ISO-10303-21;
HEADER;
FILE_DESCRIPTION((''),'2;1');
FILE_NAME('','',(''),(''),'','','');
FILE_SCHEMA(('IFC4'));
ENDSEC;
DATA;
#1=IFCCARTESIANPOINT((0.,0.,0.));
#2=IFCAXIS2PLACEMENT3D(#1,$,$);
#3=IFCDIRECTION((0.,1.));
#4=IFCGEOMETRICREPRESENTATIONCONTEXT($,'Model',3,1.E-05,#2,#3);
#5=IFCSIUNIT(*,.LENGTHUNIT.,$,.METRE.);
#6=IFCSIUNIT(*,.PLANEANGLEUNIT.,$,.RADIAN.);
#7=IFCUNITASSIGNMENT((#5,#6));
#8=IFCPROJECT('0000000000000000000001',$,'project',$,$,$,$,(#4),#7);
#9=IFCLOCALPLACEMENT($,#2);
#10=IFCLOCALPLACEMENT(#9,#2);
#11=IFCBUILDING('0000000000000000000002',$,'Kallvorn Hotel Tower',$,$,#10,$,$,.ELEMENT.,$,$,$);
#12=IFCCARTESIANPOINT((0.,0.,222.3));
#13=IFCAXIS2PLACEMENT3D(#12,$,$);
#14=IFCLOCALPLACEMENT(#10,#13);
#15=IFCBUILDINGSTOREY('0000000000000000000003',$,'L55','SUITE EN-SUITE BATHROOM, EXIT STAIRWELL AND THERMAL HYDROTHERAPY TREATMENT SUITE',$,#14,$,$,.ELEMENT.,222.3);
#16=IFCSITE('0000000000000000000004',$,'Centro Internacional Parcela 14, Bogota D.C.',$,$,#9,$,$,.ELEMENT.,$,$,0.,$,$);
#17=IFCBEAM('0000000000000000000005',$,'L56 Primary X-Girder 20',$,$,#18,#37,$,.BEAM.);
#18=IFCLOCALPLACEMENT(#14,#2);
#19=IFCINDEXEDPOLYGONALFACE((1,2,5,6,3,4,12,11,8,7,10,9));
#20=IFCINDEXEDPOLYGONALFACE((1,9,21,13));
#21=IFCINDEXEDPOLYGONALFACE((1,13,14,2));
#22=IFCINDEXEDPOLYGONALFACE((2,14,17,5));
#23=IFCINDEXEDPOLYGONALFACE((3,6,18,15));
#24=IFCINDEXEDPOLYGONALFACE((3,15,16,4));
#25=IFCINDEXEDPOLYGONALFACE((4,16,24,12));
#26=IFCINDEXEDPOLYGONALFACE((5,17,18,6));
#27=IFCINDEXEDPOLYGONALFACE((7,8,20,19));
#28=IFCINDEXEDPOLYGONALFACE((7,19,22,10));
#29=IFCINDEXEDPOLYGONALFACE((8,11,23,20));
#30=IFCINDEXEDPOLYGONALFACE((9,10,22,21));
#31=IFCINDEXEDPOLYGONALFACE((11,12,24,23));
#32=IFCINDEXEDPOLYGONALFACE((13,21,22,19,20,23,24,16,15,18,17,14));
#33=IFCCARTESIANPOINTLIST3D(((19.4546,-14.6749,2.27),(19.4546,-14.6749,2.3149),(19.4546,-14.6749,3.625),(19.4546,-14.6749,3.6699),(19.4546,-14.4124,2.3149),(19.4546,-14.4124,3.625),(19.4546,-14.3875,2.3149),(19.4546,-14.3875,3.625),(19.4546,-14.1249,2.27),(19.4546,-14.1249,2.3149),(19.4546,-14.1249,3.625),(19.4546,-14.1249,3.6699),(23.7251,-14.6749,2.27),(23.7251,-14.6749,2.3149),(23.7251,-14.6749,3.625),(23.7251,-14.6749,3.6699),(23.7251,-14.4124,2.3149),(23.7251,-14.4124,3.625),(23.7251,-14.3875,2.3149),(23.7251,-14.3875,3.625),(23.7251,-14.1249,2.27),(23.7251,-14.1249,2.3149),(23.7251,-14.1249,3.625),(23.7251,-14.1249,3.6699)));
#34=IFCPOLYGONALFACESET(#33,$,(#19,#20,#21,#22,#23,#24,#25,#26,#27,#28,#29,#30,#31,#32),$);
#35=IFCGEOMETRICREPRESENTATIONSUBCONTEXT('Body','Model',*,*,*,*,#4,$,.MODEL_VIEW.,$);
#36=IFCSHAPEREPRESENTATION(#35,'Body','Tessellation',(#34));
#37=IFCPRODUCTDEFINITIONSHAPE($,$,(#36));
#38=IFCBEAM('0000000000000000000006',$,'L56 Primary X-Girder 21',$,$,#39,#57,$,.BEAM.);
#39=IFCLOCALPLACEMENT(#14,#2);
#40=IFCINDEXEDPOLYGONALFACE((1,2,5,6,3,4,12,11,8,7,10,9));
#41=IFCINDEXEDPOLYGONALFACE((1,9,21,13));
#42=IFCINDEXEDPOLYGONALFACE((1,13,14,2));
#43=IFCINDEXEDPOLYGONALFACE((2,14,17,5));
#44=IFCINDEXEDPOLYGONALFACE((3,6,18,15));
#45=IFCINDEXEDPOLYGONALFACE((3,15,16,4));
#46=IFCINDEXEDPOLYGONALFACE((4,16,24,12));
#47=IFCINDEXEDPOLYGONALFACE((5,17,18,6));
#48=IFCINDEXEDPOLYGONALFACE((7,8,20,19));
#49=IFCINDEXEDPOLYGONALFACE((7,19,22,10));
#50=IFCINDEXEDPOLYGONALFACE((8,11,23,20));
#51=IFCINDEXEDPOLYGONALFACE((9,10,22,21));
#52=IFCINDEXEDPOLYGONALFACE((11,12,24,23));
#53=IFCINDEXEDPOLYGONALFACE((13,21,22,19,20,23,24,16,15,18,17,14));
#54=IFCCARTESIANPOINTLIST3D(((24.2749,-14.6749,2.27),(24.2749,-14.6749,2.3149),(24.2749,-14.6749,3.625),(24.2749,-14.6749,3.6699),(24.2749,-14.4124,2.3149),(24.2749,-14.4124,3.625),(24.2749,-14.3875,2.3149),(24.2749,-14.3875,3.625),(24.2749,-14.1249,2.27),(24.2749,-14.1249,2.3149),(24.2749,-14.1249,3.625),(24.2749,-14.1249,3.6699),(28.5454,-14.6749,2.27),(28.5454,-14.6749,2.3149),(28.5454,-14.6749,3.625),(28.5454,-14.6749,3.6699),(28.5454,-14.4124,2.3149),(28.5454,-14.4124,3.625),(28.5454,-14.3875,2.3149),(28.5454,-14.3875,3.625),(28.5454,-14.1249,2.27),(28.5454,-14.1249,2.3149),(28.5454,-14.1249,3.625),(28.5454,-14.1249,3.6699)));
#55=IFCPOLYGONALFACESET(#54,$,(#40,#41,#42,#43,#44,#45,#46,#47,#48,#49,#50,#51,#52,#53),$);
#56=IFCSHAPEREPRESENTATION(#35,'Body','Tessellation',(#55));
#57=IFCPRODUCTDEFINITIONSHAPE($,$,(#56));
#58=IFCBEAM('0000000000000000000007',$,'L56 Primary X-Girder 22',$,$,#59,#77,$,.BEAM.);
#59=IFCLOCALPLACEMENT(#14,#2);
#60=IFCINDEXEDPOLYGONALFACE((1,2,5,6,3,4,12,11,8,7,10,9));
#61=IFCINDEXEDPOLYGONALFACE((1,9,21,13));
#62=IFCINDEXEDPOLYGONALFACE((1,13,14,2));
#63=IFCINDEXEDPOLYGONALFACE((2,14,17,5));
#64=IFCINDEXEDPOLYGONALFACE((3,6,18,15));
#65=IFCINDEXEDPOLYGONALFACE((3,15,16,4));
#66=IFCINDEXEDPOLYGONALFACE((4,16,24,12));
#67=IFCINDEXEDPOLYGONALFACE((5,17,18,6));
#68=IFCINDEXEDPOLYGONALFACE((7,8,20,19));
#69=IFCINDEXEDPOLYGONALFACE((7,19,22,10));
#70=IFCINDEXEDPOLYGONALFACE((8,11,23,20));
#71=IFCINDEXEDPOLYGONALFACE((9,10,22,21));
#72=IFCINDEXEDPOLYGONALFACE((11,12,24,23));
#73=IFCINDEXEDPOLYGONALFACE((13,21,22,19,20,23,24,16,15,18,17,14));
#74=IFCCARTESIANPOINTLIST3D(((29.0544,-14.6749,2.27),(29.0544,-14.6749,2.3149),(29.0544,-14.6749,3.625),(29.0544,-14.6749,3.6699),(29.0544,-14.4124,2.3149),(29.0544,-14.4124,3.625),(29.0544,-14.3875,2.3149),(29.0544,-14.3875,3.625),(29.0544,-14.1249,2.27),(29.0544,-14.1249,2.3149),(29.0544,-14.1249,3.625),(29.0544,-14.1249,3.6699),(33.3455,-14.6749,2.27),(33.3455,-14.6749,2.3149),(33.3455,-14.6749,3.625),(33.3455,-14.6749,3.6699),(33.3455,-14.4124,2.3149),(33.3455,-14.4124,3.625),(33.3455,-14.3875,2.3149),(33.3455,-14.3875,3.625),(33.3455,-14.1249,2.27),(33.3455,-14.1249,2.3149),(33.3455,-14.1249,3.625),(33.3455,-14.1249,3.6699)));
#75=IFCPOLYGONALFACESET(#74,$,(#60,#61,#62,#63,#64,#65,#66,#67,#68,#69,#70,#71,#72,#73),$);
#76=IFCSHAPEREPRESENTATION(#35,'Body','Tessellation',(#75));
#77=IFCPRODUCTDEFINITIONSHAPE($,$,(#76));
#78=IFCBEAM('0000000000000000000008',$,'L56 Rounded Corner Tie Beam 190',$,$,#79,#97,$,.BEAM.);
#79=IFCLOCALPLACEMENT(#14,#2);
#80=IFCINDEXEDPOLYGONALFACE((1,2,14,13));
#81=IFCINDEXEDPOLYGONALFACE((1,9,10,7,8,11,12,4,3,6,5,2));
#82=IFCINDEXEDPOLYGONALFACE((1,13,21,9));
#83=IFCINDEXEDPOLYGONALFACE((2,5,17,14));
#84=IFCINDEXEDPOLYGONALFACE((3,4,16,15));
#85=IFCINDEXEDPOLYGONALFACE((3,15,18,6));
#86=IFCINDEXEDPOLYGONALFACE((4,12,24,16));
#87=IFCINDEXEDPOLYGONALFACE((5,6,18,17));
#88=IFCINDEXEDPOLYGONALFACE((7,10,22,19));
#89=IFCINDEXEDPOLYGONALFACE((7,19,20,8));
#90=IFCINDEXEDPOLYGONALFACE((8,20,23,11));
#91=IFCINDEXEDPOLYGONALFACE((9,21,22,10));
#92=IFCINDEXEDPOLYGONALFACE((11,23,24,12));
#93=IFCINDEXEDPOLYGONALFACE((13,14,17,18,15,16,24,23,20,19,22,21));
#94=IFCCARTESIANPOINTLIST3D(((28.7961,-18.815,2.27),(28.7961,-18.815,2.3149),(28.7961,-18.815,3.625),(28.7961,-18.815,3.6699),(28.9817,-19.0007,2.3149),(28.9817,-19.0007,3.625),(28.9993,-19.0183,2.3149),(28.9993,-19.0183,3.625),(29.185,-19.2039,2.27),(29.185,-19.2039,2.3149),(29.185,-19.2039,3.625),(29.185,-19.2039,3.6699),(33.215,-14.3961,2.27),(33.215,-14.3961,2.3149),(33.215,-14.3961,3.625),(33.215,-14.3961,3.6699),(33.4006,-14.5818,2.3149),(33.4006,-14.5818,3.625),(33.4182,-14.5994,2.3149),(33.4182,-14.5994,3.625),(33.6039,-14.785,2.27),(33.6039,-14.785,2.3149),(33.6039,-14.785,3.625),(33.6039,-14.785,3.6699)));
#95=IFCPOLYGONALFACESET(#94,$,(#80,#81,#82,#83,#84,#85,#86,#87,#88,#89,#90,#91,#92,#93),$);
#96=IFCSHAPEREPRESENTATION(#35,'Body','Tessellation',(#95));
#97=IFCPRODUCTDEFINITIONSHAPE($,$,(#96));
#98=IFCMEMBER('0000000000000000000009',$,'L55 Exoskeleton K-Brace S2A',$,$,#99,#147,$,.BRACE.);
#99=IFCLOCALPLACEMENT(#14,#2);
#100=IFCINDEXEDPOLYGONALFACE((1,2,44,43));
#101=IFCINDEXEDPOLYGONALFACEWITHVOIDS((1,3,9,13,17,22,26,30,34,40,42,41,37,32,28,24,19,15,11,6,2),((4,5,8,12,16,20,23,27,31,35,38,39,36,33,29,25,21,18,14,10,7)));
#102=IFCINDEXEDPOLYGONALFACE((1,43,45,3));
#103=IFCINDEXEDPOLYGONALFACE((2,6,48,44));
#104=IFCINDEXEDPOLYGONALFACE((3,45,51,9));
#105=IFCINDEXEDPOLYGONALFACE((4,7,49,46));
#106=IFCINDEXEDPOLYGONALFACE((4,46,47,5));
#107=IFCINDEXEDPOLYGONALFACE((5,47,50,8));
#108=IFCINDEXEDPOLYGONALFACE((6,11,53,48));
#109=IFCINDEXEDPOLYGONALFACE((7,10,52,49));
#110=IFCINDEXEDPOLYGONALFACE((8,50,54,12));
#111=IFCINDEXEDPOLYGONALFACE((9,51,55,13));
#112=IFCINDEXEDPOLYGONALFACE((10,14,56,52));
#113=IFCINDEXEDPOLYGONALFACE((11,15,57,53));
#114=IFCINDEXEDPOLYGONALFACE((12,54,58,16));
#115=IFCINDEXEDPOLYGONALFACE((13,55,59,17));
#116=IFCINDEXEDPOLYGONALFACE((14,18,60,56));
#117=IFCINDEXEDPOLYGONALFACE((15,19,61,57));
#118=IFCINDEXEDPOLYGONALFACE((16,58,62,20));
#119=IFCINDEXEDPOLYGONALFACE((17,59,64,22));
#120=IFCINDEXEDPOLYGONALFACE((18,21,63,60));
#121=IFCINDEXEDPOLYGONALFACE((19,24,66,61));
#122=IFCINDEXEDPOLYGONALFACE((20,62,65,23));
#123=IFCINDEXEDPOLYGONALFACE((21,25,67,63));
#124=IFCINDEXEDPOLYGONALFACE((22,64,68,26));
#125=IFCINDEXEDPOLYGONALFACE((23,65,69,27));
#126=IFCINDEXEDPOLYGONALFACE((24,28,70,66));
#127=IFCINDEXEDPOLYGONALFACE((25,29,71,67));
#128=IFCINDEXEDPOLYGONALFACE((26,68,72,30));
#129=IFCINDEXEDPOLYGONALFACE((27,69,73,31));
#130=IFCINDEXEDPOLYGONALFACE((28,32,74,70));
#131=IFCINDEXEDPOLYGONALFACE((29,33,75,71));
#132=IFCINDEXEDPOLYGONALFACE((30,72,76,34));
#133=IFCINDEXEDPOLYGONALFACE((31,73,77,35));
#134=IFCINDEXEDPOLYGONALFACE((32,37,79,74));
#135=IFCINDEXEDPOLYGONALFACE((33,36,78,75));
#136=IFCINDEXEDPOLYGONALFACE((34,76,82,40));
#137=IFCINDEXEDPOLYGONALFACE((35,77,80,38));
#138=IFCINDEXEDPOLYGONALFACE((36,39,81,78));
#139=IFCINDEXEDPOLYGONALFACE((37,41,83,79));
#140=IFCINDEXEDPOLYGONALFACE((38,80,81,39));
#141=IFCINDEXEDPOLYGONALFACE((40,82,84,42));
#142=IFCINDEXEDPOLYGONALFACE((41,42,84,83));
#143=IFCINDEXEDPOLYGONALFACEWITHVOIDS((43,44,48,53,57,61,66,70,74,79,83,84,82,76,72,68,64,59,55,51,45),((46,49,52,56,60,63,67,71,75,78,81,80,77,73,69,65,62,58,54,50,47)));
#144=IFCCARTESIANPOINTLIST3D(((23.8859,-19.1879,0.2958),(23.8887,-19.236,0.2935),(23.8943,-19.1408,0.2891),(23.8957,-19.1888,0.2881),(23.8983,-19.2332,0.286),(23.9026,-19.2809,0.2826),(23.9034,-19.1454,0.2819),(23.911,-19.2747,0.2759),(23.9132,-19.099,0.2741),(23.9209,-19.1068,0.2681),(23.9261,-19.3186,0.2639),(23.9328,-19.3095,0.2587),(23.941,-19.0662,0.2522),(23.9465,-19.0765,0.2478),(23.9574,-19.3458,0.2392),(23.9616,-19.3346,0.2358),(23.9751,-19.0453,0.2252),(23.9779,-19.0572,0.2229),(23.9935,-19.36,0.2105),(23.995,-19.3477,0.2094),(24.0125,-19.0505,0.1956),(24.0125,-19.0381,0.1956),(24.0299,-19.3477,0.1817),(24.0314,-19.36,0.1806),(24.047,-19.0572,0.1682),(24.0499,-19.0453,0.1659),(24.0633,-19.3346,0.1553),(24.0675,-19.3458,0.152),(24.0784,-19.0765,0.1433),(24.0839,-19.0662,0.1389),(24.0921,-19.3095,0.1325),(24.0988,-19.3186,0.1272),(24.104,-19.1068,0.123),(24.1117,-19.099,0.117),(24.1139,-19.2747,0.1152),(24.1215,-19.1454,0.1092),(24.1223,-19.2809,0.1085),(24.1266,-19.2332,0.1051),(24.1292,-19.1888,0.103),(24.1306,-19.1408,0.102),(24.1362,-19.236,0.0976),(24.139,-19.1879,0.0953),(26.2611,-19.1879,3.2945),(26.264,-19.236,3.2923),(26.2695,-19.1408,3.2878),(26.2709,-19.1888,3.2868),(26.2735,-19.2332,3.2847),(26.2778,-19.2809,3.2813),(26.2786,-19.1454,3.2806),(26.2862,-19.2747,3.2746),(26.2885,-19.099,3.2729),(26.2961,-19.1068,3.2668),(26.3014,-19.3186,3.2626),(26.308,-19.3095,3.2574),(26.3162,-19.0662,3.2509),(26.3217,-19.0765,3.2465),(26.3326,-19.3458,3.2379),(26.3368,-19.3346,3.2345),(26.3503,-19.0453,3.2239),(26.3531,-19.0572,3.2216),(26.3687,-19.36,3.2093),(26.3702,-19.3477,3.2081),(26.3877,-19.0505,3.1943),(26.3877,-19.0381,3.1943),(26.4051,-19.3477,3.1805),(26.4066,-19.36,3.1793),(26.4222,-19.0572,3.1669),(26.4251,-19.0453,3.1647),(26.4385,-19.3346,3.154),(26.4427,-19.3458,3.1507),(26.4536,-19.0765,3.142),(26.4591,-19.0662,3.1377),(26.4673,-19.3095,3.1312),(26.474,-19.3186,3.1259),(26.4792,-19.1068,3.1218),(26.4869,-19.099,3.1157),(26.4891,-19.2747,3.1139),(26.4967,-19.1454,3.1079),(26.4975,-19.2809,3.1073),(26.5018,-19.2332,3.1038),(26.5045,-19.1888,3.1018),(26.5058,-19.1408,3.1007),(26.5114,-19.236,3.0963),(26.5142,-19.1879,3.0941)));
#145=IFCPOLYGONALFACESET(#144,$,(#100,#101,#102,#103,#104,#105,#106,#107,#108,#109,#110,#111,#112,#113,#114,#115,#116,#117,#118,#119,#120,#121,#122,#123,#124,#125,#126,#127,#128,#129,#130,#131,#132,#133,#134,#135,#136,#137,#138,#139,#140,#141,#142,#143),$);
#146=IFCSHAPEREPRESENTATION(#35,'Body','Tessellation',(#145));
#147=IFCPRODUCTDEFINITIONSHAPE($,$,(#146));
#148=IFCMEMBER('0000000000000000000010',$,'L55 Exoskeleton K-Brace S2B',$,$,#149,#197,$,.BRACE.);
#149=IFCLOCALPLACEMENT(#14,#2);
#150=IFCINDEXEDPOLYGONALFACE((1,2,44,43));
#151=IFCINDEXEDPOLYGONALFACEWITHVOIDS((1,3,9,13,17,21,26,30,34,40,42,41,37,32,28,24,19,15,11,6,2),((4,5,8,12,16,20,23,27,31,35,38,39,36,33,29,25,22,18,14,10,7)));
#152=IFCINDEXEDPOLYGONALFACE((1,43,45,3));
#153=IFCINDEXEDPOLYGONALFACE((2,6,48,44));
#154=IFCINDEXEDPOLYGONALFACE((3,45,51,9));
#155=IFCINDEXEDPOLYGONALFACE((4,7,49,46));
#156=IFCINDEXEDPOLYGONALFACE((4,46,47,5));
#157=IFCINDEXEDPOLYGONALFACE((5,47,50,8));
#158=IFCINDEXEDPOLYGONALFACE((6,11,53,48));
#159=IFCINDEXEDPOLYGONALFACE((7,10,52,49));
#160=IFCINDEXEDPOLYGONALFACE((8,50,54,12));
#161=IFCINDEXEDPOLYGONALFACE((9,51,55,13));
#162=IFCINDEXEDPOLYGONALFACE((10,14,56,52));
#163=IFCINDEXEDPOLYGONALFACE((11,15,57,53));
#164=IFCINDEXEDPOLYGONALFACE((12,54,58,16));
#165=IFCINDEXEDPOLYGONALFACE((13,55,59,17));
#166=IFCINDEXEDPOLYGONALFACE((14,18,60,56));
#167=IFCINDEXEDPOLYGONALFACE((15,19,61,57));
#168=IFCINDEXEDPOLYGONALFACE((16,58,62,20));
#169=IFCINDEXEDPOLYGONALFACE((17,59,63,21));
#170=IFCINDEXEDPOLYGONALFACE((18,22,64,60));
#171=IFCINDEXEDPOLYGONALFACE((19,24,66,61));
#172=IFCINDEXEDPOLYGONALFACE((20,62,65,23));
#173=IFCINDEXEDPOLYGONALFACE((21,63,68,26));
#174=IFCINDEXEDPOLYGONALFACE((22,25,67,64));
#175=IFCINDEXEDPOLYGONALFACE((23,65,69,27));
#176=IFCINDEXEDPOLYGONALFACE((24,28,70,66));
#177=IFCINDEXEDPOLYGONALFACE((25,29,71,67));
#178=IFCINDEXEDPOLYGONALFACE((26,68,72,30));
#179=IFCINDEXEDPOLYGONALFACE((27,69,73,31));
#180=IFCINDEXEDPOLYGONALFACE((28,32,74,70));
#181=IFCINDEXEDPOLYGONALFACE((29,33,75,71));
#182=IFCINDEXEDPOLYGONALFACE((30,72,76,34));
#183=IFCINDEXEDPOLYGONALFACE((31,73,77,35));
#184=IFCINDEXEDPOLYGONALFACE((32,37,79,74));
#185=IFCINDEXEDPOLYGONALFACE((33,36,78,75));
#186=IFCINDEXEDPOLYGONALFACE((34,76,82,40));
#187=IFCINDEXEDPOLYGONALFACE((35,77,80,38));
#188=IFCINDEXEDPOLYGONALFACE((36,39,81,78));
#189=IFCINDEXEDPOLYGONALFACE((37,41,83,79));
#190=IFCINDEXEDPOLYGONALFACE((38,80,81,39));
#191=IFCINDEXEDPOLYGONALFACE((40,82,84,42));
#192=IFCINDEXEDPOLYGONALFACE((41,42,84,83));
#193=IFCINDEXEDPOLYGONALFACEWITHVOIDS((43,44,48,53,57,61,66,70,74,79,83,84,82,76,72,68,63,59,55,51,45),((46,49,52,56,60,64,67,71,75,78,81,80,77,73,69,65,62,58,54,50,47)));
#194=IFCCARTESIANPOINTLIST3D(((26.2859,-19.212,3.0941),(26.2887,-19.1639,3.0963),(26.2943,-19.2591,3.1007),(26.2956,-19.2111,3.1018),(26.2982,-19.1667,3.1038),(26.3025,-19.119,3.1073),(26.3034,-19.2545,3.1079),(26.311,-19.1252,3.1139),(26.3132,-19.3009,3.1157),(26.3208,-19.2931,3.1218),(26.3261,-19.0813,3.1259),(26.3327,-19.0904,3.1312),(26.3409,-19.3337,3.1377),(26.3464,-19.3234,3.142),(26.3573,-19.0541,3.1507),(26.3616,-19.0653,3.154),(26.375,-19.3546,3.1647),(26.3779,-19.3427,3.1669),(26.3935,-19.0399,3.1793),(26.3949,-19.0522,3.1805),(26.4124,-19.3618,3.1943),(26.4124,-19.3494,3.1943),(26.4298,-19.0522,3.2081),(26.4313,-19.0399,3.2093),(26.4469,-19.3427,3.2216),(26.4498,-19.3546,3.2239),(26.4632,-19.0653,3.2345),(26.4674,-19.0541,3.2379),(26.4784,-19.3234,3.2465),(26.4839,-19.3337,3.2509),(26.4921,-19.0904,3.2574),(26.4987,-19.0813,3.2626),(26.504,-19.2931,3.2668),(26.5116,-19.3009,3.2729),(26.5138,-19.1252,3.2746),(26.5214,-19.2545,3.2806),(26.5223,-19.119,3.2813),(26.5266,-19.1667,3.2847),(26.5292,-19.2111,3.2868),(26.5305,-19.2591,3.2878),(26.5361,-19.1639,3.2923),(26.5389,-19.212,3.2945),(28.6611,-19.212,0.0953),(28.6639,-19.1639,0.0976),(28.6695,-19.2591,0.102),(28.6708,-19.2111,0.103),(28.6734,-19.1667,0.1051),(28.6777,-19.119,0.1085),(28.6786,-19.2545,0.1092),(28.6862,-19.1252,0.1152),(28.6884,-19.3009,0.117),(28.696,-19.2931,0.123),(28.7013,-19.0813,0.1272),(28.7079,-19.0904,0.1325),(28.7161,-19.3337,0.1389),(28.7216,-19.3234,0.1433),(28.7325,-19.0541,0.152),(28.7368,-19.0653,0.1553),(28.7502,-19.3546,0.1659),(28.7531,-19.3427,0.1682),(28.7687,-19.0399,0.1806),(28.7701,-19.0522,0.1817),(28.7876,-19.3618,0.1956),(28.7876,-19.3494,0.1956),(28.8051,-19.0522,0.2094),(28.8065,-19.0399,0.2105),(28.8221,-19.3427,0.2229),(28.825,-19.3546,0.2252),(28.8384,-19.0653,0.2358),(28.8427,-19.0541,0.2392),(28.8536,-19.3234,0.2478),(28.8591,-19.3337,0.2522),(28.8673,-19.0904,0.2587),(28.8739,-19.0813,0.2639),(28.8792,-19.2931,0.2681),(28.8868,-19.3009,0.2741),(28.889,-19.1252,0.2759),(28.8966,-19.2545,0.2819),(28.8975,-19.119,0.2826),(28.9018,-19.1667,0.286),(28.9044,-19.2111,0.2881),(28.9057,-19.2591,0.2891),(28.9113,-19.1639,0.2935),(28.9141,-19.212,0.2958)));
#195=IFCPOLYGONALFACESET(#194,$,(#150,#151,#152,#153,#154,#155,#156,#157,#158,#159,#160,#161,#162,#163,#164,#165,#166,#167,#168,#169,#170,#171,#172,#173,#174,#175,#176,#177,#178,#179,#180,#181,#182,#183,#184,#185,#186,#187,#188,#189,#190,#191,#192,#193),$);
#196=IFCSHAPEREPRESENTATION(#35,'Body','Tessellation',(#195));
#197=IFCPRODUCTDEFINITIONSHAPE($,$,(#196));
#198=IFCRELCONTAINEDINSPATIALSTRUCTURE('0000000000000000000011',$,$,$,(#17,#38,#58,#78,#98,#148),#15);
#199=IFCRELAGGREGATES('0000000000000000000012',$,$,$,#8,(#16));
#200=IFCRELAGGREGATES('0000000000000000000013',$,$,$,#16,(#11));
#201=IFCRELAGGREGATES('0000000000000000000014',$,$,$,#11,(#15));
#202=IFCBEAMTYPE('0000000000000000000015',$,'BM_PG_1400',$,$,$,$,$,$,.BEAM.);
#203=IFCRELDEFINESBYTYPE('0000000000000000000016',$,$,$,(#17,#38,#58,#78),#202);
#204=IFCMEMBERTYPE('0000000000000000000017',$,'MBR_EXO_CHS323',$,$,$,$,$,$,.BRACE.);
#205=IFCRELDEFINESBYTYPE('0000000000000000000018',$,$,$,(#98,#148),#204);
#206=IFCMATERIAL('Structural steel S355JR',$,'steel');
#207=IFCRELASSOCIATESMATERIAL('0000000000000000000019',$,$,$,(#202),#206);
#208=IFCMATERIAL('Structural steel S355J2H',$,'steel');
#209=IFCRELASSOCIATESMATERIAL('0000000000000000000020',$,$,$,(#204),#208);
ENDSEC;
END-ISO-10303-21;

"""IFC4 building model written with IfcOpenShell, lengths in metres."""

from ifc_helpers import new_model, si_unit, direction, frame, origin, origin_2d, place, context, subcontext, project, spatial, hollow_circle, i_section, extrude, material, material_profile, profile_set, type_object, element, save


model = new_model("IFC4")

# Units and contexts
model_context = context("Model", 3, precision=1e-05, world=origin(), true_north=direction((0.0, 1.0)))
body_context = subcontext(model_context, "Body", "Model", "MODEL_VIEW")
ifc_project = project(units=[si_unit("LENGTHUNIT", "METRE"), si_unit("PLANEANGLEUNIT", "RADIAN")], contexts=[model_context])

# Site, building, storey
site_placement = place(None, origin())
site = spatial("IfcSite", under=ifc_project, at=site_placement, Name="Centro Internacional Parcela 14, Bogota D.C.", CompositionType="ELEMENT", RefElevation=0.0)
building_placement = place(site_placement, origin())
building = spatial("IfcBuilding", under=site, at=building_placement, Name="Kallvorn Hotel Tower", CompositionType="ELEMENT")
storey_placement = place(building_placement, frame((0.0, 0.0, 222.3)))
storey = spatial("IfcBuildingStorey", under=building, at=storey_placement, Name="L55", Description="SUITE EN-SUITE BATHROOM, EXIT STAIRWELL AND THERMAL HYDROTHERAPY TREATMENT SUITE", CompositionType="ELEMENT", Elevation=222.3)

# Beams
ifc_material_1 = material(Name="Structural steel S355JR", Category="steel")
ifc_material_profile_1 = material_profile(ifc_material_1, i_section(OverallWidth=0.55, OverallDepth=1.3999, WebThickness=0.0249, FlangeThickness=0.0449, at=origin_2d()), Name="PG 1400x550x25x45")
ifc_profile_set_1 = profile_set([ifc_material_profile_1], Name="Structural steel S355JR")
beam_type_1 = type_object("IfcBeamType", Name="BM_PG_1400", PredefinedType="BEAM", material=ifc_profile_set_1)
for number, where, z_axis, x_axis, name in (
    (1, (19.4546, -14.3999, 2.97), (1.0, 0.0, 0.0), (0.0, 1.0, 0.0), "L56 Primary X-Girder 20"),
    (2, (24.2749, -14.3999, 2.97), (1.0, 0.0, 0.0), (0.0, 1.0, 0.0), "L56 Primary X-Girder 21"),
):
    element("IfcBeam", number, at=place(storey_placement, frame(where, z_axis=z_axis, x_axis=x_axis)), inside=storey, type_object=beam_type_1, Name=name, PredefinedType="BEAM", context=body_context, shape_type="SweptSolid", body=[
        extrude(i_section(OverallWidth=0.55, OverallDepth=1.3999, WebThickness=0.0249, FlangeThickness=0.0449, at=origin_2d()), origin(), (0.0, 0.0, 1.0), 4.2705),
    ])
beam_1_placement = place(storey_placement, frame((29.0544, -14.3999, 2.97), z_axis=(1.0, 0.0, 0.0), x_axis=(0.0, 1.0, 0.0)))
element("IfcBeam", 3, at=beam_1_placement, inside=storey, type_object=beam_type_1, Name="L56 Primary X-Girder 22", PredefinedType="BEAM", context=body_context, shape_type="SweptSolid", body=[
    extrude(i_section(OverallWidth=0.55, OverallDepth=1.3999, WebThickness=0.0249, FlangeThickness=0.0449, at=origin_2d()), origin(), (0.0, 0.0, 1.0), 4.291),
])
beam_2_placement = place(storey_placement, frame((33.4094, -14.5906, 2.97), z_axis=(-0.707107, -0.707107, 0.0), x_axis=(0.707107, -0.707107, 0.0)))
element("IfcBeam", 4, at=beam_2_placement, inside=storey, type_object=beam_type_1, Name="L56 Rounded Corner Tie Beam 190", PredefinedType="BEAM", context=body_context, shape_type="SweptSolid", body=[
    extrude(i_section(OverallWidth=0.55, OverallDepth=1.3999, WebThickness=0.0249, FlangeThickness=0.0449, at=origin_2d()), origin(), (0.0, 0.0, 1.0), 6.2493),
])

# Members
ifc_material_2 = material(Name="Structural steel S355J2H", Category="steel")
ifc_material_profile_2 = material_profile(ifc_material_2, hollow_circle(Radius=0.1619, WallThickness=0.0125, at=origin_2d()), Name="CHS 323.9x12.5")
ifc_profile_set_2 = profile_set([ifc_material_profile_2], Name="Structural steel S355J2H")
member_type = type_object("IfcMemberType", Name="MBR_EXO_CHS323", PredefinedType="BRACE", material=ifc_profile_set_2)
for number, where, z_axis, x_axis, name in (
    (5, (24.0125, -19.2, 0.1956), (0.620897, 0.0, 0.783892), (0.0, 1.0, 0.0), "L55 Exoskeleton K-Brace S2A"),
    (6, (28.7876, -19.2, 0.1956), (-0.620897, 0.0, 0.783892), (0.0, -1.0, 0.0), "L55 Exoskeleton K-Brace S2B"),
):
    element("IfcMember", number, at=place(storey_placement, frame(where, z_axis=z_axis, x_axis=x_axis)), inside=storey, type_object=member_type, Name=name, PredefinedType="BRACE", context=body_context, shape_type="SweptSolid", body=[
        extrude(hollow_circle(Radius=0.1619, WallThickness=0.0125, at=origin_2d()), origin(), (0.0, 0.0, 1.0), 3.8254),
    ])

save(model, "model.ifc")
